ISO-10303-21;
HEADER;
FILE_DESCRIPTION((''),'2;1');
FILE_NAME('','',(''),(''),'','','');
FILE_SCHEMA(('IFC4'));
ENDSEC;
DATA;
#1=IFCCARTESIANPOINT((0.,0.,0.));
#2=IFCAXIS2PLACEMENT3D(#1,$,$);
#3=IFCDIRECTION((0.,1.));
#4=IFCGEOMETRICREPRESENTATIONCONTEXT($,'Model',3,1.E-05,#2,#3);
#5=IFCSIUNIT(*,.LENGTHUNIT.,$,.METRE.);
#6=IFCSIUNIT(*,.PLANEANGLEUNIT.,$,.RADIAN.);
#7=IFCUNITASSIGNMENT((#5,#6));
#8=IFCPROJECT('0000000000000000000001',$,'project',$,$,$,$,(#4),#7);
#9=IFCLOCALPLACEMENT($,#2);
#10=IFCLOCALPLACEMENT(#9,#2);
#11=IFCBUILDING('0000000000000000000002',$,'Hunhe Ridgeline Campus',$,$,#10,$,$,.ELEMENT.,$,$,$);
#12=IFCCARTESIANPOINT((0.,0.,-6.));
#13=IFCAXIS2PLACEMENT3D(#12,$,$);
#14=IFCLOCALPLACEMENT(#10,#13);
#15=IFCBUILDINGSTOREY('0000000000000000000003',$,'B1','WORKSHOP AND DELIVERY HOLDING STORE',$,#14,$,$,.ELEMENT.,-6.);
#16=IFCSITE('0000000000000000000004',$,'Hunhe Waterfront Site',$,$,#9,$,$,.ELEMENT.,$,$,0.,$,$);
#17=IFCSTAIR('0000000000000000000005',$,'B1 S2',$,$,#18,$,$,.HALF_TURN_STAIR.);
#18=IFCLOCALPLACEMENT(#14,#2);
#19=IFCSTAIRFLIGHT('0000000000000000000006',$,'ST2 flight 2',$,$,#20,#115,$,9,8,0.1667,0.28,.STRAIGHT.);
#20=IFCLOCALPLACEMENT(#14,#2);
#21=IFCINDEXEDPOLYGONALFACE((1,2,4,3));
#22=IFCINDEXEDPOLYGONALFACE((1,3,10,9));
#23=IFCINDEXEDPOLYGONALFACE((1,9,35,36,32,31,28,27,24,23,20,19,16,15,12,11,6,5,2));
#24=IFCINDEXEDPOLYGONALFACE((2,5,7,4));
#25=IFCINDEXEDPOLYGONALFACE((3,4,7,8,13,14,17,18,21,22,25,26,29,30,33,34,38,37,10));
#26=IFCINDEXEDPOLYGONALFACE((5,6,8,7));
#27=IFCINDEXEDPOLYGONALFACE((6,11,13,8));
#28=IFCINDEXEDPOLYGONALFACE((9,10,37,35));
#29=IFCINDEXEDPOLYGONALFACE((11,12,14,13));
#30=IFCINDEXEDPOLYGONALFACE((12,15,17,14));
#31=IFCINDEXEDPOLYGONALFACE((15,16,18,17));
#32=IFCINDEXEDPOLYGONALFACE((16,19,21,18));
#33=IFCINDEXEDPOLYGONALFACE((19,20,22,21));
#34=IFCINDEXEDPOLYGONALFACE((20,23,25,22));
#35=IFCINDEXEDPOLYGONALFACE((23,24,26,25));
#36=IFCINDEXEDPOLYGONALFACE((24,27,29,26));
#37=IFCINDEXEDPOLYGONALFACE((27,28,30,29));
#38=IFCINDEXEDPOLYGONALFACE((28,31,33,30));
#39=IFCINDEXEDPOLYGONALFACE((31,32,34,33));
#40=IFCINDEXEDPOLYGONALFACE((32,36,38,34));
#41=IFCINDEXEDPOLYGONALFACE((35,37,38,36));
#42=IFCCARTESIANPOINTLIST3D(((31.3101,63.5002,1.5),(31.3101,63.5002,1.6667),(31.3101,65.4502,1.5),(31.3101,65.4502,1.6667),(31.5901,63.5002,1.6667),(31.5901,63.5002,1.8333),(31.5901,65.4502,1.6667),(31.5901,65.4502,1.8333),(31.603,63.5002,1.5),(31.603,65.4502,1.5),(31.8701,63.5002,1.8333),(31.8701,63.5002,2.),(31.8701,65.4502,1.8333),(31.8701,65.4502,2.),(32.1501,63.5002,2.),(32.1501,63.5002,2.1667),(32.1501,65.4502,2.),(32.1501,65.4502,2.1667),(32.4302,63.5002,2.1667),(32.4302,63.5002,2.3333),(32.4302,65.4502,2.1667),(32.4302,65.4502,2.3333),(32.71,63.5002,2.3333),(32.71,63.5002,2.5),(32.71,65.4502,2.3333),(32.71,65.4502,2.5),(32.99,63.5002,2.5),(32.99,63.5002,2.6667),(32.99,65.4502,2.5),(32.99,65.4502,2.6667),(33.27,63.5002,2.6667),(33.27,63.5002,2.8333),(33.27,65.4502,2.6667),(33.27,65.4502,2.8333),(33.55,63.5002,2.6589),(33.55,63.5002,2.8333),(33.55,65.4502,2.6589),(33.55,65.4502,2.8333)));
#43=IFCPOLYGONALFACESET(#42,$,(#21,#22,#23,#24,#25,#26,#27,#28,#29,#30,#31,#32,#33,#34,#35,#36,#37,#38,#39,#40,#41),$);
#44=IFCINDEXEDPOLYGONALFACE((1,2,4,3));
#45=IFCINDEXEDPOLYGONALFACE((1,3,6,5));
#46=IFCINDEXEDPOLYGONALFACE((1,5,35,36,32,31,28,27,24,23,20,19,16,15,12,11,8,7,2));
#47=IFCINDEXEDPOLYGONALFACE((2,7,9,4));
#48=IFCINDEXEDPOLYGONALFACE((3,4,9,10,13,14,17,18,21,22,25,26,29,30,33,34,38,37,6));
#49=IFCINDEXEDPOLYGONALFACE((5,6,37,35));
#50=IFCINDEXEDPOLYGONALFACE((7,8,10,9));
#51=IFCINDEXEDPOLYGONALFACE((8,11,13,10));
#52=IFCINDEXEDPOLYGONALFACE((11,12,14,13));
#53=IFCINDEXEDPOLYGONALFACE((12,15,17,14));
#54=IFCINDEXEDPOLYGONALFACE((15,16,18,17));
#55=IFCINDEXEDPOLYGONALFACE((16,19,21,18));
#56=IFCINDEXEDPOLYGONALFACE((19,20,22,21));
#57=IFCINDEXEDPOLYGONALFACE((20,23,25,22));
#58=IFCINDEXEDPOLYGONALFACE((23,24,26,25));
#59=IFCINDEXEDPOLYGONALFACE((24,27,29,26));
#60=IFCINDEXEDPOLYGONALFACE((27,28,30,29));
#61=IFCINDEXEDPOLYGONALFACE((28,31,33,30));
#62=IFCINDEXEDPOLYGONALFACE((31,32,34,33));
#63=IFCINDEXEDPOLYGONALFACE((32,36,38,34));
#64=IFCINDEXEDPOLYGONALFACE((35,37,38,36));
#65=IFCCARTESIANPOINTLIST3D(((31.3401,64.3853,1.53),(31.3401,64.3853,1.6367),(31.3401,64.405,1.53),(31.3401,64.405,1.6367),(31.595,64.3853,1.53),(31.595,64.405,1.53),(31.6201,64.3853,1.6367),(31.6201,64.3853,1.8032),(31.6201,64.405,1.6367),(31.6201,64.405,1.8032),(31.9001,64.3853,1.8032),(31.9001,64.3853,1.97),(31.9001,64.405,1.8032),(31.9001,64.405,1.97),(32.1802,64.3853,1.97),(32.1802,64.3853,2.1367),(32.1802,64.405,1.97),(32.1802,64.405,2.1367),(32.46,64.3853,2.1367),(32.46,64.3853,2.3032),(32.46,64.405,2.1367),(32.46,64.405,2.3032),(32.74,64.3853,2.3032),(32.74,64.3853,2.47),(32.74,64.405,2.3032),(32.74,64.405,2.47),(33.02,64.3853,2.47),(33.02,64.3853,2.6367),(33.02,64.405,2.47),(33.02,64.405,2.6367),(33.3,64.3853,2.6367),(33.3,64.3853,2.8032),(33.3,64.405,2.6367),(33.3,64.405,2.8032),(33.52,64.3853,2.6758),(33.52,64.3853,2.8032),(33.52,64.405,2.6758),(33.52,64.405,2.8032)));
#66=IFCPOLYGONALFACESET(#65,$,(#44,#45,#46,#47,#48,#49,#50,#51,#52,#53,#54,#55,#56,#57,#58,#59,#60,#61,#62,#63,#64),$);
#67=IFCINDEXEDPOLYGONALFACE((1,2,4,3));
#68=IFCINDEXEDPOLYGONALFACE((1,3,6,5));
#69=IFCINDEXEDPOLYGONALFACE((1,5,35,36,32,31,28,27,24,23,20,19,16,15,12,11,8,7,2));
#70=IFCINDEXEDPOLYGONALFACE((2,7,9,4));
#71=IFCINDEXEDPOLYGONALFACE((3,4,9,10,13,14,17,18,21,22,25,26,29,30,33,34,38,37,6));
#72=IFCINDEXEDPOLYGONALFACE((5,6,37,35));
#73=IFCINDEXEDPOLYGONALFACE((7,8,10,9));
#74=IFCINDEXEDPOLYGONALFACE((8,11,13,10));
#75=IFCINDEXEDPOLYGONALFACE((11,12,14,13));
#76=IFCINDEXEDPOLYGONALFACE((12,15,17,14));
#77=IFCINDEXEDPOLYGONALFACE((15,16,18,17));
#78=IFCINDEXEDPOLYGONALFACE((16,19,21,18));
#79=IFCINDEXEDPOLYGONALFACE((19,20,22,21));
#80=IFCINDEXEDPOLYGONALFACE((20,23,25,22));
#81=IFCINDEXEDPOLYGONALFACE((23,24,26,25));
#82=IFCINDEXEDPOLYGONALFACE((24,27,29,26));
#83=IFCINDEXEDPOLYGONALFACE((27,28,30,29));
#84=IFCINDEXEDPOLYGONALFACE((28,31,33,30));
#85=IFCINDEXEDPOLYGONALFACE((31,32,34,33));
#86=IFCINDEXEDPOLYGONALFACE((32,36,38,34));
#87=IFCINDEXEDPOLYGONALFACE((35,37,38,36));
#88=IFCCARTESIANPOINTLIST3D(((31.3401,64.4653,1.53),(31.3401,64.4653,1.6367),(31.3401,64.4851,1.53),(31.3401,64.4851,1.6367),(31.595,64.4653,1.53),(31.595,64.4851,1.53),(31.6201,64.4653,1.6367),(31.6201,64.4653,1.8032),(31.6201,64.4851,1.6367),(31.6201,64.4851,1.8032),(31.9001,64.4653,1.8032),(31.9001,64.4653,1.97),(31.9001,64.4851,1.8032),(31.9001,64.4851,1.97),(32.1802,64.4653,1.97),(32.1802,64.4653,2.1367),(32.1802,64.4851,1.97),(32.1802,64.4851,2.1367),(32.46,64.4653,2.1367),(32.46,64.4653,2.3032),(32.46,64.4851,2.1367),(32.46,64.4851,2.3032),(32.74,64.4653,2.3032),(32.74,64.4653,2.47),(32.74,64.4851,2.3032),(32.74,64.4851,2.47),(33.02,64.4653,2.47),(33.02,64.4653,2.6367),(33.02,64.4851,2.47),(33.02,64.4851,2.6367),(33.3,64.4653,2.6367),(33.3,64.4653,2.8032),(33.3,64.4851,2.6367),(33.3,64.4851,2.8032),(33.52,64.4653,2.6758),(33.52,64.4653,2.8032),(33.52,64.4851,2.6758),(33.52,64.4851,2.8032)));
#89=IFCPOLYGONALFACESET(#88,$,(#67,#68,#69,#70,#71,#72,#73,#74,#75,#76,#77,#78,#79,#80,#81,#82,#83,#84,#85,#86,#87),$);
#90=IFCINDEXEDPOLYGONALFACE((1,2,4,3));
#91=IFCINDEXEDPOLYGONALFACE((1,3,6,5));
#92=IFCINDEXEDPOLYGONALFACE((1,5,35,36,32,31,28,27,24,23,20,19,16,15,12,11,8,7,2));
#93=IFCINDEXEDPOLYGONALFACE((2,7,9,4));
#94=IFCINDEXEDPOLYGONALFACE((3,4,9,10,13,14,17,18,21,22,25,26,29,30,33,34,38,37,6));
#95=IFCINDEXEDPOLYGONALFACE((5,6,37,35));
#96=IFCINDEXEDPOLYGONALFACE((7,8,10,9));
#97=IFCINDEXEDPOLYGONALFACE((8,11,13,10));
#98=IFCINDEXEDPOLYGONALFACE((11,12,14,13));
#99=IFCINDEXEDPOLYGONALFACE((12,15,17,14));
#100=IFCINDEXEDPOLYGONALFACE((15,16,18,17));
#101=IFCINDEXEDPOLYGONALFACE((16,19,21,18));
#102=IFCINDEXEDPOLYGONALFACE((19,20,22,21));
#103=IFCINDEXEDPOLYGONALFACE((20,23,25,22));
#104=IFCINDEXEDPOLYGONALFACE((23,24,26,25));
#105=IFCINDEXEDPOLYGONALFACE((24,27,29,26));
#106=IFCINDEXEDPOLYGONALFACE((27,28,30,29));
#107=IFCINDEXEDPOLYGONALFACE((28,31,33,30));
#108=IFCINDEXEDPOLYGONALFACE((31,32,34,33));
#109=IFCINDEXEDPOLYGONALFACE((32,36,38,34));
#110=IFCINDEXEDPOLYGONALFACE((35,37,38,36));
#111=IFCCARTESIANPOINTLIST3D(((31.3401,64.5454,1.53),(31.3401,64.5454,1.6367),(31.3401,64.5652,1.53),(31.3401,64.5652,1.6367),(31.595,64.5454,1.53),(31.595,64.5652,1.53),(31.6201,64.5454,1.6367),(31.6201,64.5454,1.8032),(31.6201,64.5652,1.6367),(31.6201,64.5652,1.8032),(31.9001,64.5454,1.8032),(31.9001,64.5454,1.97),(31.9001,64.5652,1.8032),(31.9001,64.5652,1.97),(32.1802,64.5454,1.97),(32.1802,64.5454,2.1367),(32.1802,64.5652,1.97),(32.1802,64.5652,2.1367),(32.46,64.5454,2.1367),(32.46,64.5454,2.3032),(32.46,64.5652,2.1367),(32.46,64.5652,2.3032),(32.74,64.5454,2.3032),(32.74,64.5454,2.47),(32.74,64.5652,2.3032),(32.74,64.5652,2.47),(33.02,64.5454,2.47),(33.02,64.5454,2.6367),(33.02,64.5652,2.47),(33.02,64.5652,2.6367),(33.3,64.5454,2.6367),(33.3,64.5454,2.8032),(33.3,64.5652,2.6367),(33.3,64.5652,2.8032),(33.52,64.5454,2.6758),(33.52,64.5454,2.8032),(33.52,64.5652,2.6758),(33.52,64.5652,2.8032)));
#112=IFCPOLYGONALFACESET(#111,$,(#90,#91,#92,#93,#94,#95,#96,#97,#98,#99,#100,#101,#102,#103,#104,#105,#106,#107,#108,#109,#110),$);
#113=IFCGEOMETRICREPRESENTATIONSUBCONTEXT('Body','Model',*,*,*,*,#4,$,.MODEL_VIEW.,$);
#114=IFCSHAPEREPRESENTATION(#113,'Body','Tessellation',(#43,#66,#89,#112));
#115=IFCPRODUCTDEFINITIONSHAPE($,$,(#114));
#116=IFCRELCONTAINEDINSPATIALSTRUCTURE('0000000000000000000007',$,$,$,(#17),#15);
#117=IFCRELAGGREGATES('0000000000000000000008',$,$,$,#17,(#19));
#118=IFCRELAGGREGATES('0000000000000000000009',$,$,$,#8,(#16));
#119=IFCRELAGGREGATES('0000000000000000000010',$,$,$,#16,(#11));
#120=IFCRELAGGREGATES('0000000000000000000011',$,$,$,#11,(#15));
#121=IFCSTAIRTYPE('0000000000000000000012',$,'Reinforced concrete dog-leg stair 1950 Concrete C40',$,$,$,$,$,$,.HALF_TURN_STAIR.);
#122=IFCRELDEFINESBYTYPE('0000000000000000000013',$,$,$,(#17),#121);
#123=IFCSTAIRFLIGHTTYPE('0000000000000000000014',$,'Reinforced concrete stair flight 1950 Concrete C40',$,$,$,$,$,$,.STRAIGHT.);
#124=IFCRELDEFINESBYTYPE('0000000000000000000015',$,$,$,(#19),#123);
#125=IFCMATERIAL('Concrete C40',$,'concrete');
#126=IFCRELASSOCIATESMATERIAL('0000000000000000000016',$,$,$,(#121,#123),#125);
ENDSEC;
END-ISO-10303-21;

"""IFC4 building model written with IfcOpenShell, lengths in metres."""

from ifc_helpers import new_model, si_unit, direction, frame, origin, place, context, subcontext, project, spatial, polyline, outline, extrude, material, type_object, element, aggregate, save


model = new_model("IFC4")

# Units and contexts
model_context = context("Model", 3, precision=1e-05, world=origin(), true_north=direction((0.0, 1.0)))
body_context = subcontext(model_context, "Body", "Model", "MODEL_VIEW")
ifc_project = project(units=[si_unit("LENGTHUNIT", "METRE"), si_unit("PLANEANGLEUNIT", "RADIAN")], contexts=[model_context])

# Site, building, storey
site_placement = place(None, origin())
site = spatial("IfcSite", under=ifc_project, at=site_placement, Name="Hunhe Waterfront Site", CompositionType="ELEMENT", RefElevation=0.0)
building_placement = place(site_placement, origin())
building = spatial("IfcBuilding", under=site, at=building_placement, Name="Hunhe Ridgeline Campus", CompositionType="ELEMENT")
storey_placement = place(building_placement, frame((0.0, 0.0, -6.0)))
storey = spatial("IfcBuildingStorey", under=building, at=storey_placement, Name="B1", Description="WORKSHOP AND DELIVERY HOLDING STORE", CompositionType="ELEMENT", Elevation=-6.0)

# Stair, stair flight
ifc_material_1 = material(Name="Concrete C40", Category="concrete")
stair_type = type_object("IfcStairType", Name="Reinforced concrete dog-leg stair 1950 Concrete C40", PredefinedType="HALF_TURN_STAIR", material=ifc_material_1)
stair_placement = place(storey_placement, origin())
stair = element("IfcStair", 1, at=stair_placement, inside=storey, type_object=stair_type, Name="B1 S2", PredefinedType="HALF_TURN_STAIR")
stair_flight_type = type_object("IfcStairFlightType", Name="Reinforced concrete stair flight 1950 Concrete C40", PredefinedType="STRAIGHT", material=ifc_material_1)
stair_flight_1_placement = place(storey_placement, frame((31.3101, 64.4751, 1.5), z_axis=(0.0, 0.0, 1.0), x_axis=(1.0, 0.0, 0.0)))
stair_flight_1 = element("IfcStairFlight", 2, at=stair_flight_1_placement, type_object=stair_flight_type, Name="ST2 flight 2", NumberOfRisers=9, NumberOfTreads=8, PredefinedType="STRAIGHT", RiserHeight=0.1667, TreadLength=0.28, context=body_context, shape_type="SweptSolid", body=[
    extrude(outline(polyline([(0.0, 0.0), (0.0, 0.1667), (0.28, 0.1667), (0.28, 0.3333), (0.5601, 0.3333), (0.5601, 0.5), (0.8401, 0.5), (0.8401, 0.6667), (1.1201, 0.6667), (1.1201, 0.8333), (1.3999, 0.8333), (1.3999, 1.0), (1.6799, 1.0), (1.6799, 1.1667), (1.96, 1.1667), (1.96, 1.3333), (2.24, 1.3333), (2.24, 1.5), (2.24, 1.1589), (0.293, 0.0), (0.0, 0.0)])), frame((0.0, 0.9751, 0.0), z_axis=(0.0, -1.0, 0.0), x_axis=(1.0, 0.0, 0.0)), (0.0, 0.0, 1.0), 1.95),
    extrude(outline(polyline([(0.03, 0.03), (0.03, 0.1367), (0.3101, 0.1367), (0.3101, 0.3032), (0.5901, 0.3032), (0.5901, 0.47), (0.8701, 0.47), (0.8701, 0.6367), (1.1499, 0.6367), (1.1499, 0.8032), (1.4299, 0.8032), (1.4299, 0.97), (1.71, 0.97), (1.71, 1.1367), (1.99, 1.1367), (1.99, 1.3032), (2.21, 1.3032), (2.21, 1.1758), (0.2849, 0.03), (0.03, 0.03)])), frame((0.0, -0.0701, 0.0), z_axis=(0.0, -1.0, 0.0), x_axis=(1.0, 0.0, 0.0)), (0.0, 0.0, 1.0), 0.0198),
    extrude(outline(polyline([(0.03, 0.03), (0.03, 0.1367), (0.3101, 0.1367), (0.3101, 0.3032), (0.5901, 0.3032), (0.5901, 0.47), (0.8701, 0.47), (0.8701, 0.6367), (1.1499, 0.6367), (1.1499, 0.8032), (1.4299, 0.8032), (1.4299, 0.97), (1.71, 0.97), (1.71, 1.1367), (1.99, 1.1367), (1.99, 1.3032), (2.21, 1.3032), (2.21, 1.1758), (0.2849, 0.03), (0.03, 0.03)])), frame((0.0, 0.01, 0.0), z_axis=(0.0, -1.0, 0.0), x_axis=(1.0, 0.0, 0.0)), (0.0, 0.0, 1.0), 0.0198),
    extrude(outline(polyline([(0.03, 0.03), (0.03, 0.1367), (0.3101, 0.1367), (0.3101, 0.3032), (0.5901, 0.3032), (0.5901, 0.47), (0.8701, 0.47), (0.8701, 0.6367), (1.1499, 0.6367), (1.1499, 0.8032), (1.4299, 0.8032), (1.4299, 0.97), (1.71, 0.97), (1.71, 1.1367), (1.99, 1.1367), (1.99, 1.3032), (2.21, 1.3032), (2.21, 1.1758), (0.2849, 0.03), (0.03, 0.03)])), frame((0.0, 0.0901, 0.0), z_axis=(0.0, -1.0, 0.0), x_axis=(1.0, 0.0, 0.0)), (0.0, 0.0, 1.0), 0.0198),
])
aggregate(stair, [stair_flight_1])

save(model, "model.ifc")
